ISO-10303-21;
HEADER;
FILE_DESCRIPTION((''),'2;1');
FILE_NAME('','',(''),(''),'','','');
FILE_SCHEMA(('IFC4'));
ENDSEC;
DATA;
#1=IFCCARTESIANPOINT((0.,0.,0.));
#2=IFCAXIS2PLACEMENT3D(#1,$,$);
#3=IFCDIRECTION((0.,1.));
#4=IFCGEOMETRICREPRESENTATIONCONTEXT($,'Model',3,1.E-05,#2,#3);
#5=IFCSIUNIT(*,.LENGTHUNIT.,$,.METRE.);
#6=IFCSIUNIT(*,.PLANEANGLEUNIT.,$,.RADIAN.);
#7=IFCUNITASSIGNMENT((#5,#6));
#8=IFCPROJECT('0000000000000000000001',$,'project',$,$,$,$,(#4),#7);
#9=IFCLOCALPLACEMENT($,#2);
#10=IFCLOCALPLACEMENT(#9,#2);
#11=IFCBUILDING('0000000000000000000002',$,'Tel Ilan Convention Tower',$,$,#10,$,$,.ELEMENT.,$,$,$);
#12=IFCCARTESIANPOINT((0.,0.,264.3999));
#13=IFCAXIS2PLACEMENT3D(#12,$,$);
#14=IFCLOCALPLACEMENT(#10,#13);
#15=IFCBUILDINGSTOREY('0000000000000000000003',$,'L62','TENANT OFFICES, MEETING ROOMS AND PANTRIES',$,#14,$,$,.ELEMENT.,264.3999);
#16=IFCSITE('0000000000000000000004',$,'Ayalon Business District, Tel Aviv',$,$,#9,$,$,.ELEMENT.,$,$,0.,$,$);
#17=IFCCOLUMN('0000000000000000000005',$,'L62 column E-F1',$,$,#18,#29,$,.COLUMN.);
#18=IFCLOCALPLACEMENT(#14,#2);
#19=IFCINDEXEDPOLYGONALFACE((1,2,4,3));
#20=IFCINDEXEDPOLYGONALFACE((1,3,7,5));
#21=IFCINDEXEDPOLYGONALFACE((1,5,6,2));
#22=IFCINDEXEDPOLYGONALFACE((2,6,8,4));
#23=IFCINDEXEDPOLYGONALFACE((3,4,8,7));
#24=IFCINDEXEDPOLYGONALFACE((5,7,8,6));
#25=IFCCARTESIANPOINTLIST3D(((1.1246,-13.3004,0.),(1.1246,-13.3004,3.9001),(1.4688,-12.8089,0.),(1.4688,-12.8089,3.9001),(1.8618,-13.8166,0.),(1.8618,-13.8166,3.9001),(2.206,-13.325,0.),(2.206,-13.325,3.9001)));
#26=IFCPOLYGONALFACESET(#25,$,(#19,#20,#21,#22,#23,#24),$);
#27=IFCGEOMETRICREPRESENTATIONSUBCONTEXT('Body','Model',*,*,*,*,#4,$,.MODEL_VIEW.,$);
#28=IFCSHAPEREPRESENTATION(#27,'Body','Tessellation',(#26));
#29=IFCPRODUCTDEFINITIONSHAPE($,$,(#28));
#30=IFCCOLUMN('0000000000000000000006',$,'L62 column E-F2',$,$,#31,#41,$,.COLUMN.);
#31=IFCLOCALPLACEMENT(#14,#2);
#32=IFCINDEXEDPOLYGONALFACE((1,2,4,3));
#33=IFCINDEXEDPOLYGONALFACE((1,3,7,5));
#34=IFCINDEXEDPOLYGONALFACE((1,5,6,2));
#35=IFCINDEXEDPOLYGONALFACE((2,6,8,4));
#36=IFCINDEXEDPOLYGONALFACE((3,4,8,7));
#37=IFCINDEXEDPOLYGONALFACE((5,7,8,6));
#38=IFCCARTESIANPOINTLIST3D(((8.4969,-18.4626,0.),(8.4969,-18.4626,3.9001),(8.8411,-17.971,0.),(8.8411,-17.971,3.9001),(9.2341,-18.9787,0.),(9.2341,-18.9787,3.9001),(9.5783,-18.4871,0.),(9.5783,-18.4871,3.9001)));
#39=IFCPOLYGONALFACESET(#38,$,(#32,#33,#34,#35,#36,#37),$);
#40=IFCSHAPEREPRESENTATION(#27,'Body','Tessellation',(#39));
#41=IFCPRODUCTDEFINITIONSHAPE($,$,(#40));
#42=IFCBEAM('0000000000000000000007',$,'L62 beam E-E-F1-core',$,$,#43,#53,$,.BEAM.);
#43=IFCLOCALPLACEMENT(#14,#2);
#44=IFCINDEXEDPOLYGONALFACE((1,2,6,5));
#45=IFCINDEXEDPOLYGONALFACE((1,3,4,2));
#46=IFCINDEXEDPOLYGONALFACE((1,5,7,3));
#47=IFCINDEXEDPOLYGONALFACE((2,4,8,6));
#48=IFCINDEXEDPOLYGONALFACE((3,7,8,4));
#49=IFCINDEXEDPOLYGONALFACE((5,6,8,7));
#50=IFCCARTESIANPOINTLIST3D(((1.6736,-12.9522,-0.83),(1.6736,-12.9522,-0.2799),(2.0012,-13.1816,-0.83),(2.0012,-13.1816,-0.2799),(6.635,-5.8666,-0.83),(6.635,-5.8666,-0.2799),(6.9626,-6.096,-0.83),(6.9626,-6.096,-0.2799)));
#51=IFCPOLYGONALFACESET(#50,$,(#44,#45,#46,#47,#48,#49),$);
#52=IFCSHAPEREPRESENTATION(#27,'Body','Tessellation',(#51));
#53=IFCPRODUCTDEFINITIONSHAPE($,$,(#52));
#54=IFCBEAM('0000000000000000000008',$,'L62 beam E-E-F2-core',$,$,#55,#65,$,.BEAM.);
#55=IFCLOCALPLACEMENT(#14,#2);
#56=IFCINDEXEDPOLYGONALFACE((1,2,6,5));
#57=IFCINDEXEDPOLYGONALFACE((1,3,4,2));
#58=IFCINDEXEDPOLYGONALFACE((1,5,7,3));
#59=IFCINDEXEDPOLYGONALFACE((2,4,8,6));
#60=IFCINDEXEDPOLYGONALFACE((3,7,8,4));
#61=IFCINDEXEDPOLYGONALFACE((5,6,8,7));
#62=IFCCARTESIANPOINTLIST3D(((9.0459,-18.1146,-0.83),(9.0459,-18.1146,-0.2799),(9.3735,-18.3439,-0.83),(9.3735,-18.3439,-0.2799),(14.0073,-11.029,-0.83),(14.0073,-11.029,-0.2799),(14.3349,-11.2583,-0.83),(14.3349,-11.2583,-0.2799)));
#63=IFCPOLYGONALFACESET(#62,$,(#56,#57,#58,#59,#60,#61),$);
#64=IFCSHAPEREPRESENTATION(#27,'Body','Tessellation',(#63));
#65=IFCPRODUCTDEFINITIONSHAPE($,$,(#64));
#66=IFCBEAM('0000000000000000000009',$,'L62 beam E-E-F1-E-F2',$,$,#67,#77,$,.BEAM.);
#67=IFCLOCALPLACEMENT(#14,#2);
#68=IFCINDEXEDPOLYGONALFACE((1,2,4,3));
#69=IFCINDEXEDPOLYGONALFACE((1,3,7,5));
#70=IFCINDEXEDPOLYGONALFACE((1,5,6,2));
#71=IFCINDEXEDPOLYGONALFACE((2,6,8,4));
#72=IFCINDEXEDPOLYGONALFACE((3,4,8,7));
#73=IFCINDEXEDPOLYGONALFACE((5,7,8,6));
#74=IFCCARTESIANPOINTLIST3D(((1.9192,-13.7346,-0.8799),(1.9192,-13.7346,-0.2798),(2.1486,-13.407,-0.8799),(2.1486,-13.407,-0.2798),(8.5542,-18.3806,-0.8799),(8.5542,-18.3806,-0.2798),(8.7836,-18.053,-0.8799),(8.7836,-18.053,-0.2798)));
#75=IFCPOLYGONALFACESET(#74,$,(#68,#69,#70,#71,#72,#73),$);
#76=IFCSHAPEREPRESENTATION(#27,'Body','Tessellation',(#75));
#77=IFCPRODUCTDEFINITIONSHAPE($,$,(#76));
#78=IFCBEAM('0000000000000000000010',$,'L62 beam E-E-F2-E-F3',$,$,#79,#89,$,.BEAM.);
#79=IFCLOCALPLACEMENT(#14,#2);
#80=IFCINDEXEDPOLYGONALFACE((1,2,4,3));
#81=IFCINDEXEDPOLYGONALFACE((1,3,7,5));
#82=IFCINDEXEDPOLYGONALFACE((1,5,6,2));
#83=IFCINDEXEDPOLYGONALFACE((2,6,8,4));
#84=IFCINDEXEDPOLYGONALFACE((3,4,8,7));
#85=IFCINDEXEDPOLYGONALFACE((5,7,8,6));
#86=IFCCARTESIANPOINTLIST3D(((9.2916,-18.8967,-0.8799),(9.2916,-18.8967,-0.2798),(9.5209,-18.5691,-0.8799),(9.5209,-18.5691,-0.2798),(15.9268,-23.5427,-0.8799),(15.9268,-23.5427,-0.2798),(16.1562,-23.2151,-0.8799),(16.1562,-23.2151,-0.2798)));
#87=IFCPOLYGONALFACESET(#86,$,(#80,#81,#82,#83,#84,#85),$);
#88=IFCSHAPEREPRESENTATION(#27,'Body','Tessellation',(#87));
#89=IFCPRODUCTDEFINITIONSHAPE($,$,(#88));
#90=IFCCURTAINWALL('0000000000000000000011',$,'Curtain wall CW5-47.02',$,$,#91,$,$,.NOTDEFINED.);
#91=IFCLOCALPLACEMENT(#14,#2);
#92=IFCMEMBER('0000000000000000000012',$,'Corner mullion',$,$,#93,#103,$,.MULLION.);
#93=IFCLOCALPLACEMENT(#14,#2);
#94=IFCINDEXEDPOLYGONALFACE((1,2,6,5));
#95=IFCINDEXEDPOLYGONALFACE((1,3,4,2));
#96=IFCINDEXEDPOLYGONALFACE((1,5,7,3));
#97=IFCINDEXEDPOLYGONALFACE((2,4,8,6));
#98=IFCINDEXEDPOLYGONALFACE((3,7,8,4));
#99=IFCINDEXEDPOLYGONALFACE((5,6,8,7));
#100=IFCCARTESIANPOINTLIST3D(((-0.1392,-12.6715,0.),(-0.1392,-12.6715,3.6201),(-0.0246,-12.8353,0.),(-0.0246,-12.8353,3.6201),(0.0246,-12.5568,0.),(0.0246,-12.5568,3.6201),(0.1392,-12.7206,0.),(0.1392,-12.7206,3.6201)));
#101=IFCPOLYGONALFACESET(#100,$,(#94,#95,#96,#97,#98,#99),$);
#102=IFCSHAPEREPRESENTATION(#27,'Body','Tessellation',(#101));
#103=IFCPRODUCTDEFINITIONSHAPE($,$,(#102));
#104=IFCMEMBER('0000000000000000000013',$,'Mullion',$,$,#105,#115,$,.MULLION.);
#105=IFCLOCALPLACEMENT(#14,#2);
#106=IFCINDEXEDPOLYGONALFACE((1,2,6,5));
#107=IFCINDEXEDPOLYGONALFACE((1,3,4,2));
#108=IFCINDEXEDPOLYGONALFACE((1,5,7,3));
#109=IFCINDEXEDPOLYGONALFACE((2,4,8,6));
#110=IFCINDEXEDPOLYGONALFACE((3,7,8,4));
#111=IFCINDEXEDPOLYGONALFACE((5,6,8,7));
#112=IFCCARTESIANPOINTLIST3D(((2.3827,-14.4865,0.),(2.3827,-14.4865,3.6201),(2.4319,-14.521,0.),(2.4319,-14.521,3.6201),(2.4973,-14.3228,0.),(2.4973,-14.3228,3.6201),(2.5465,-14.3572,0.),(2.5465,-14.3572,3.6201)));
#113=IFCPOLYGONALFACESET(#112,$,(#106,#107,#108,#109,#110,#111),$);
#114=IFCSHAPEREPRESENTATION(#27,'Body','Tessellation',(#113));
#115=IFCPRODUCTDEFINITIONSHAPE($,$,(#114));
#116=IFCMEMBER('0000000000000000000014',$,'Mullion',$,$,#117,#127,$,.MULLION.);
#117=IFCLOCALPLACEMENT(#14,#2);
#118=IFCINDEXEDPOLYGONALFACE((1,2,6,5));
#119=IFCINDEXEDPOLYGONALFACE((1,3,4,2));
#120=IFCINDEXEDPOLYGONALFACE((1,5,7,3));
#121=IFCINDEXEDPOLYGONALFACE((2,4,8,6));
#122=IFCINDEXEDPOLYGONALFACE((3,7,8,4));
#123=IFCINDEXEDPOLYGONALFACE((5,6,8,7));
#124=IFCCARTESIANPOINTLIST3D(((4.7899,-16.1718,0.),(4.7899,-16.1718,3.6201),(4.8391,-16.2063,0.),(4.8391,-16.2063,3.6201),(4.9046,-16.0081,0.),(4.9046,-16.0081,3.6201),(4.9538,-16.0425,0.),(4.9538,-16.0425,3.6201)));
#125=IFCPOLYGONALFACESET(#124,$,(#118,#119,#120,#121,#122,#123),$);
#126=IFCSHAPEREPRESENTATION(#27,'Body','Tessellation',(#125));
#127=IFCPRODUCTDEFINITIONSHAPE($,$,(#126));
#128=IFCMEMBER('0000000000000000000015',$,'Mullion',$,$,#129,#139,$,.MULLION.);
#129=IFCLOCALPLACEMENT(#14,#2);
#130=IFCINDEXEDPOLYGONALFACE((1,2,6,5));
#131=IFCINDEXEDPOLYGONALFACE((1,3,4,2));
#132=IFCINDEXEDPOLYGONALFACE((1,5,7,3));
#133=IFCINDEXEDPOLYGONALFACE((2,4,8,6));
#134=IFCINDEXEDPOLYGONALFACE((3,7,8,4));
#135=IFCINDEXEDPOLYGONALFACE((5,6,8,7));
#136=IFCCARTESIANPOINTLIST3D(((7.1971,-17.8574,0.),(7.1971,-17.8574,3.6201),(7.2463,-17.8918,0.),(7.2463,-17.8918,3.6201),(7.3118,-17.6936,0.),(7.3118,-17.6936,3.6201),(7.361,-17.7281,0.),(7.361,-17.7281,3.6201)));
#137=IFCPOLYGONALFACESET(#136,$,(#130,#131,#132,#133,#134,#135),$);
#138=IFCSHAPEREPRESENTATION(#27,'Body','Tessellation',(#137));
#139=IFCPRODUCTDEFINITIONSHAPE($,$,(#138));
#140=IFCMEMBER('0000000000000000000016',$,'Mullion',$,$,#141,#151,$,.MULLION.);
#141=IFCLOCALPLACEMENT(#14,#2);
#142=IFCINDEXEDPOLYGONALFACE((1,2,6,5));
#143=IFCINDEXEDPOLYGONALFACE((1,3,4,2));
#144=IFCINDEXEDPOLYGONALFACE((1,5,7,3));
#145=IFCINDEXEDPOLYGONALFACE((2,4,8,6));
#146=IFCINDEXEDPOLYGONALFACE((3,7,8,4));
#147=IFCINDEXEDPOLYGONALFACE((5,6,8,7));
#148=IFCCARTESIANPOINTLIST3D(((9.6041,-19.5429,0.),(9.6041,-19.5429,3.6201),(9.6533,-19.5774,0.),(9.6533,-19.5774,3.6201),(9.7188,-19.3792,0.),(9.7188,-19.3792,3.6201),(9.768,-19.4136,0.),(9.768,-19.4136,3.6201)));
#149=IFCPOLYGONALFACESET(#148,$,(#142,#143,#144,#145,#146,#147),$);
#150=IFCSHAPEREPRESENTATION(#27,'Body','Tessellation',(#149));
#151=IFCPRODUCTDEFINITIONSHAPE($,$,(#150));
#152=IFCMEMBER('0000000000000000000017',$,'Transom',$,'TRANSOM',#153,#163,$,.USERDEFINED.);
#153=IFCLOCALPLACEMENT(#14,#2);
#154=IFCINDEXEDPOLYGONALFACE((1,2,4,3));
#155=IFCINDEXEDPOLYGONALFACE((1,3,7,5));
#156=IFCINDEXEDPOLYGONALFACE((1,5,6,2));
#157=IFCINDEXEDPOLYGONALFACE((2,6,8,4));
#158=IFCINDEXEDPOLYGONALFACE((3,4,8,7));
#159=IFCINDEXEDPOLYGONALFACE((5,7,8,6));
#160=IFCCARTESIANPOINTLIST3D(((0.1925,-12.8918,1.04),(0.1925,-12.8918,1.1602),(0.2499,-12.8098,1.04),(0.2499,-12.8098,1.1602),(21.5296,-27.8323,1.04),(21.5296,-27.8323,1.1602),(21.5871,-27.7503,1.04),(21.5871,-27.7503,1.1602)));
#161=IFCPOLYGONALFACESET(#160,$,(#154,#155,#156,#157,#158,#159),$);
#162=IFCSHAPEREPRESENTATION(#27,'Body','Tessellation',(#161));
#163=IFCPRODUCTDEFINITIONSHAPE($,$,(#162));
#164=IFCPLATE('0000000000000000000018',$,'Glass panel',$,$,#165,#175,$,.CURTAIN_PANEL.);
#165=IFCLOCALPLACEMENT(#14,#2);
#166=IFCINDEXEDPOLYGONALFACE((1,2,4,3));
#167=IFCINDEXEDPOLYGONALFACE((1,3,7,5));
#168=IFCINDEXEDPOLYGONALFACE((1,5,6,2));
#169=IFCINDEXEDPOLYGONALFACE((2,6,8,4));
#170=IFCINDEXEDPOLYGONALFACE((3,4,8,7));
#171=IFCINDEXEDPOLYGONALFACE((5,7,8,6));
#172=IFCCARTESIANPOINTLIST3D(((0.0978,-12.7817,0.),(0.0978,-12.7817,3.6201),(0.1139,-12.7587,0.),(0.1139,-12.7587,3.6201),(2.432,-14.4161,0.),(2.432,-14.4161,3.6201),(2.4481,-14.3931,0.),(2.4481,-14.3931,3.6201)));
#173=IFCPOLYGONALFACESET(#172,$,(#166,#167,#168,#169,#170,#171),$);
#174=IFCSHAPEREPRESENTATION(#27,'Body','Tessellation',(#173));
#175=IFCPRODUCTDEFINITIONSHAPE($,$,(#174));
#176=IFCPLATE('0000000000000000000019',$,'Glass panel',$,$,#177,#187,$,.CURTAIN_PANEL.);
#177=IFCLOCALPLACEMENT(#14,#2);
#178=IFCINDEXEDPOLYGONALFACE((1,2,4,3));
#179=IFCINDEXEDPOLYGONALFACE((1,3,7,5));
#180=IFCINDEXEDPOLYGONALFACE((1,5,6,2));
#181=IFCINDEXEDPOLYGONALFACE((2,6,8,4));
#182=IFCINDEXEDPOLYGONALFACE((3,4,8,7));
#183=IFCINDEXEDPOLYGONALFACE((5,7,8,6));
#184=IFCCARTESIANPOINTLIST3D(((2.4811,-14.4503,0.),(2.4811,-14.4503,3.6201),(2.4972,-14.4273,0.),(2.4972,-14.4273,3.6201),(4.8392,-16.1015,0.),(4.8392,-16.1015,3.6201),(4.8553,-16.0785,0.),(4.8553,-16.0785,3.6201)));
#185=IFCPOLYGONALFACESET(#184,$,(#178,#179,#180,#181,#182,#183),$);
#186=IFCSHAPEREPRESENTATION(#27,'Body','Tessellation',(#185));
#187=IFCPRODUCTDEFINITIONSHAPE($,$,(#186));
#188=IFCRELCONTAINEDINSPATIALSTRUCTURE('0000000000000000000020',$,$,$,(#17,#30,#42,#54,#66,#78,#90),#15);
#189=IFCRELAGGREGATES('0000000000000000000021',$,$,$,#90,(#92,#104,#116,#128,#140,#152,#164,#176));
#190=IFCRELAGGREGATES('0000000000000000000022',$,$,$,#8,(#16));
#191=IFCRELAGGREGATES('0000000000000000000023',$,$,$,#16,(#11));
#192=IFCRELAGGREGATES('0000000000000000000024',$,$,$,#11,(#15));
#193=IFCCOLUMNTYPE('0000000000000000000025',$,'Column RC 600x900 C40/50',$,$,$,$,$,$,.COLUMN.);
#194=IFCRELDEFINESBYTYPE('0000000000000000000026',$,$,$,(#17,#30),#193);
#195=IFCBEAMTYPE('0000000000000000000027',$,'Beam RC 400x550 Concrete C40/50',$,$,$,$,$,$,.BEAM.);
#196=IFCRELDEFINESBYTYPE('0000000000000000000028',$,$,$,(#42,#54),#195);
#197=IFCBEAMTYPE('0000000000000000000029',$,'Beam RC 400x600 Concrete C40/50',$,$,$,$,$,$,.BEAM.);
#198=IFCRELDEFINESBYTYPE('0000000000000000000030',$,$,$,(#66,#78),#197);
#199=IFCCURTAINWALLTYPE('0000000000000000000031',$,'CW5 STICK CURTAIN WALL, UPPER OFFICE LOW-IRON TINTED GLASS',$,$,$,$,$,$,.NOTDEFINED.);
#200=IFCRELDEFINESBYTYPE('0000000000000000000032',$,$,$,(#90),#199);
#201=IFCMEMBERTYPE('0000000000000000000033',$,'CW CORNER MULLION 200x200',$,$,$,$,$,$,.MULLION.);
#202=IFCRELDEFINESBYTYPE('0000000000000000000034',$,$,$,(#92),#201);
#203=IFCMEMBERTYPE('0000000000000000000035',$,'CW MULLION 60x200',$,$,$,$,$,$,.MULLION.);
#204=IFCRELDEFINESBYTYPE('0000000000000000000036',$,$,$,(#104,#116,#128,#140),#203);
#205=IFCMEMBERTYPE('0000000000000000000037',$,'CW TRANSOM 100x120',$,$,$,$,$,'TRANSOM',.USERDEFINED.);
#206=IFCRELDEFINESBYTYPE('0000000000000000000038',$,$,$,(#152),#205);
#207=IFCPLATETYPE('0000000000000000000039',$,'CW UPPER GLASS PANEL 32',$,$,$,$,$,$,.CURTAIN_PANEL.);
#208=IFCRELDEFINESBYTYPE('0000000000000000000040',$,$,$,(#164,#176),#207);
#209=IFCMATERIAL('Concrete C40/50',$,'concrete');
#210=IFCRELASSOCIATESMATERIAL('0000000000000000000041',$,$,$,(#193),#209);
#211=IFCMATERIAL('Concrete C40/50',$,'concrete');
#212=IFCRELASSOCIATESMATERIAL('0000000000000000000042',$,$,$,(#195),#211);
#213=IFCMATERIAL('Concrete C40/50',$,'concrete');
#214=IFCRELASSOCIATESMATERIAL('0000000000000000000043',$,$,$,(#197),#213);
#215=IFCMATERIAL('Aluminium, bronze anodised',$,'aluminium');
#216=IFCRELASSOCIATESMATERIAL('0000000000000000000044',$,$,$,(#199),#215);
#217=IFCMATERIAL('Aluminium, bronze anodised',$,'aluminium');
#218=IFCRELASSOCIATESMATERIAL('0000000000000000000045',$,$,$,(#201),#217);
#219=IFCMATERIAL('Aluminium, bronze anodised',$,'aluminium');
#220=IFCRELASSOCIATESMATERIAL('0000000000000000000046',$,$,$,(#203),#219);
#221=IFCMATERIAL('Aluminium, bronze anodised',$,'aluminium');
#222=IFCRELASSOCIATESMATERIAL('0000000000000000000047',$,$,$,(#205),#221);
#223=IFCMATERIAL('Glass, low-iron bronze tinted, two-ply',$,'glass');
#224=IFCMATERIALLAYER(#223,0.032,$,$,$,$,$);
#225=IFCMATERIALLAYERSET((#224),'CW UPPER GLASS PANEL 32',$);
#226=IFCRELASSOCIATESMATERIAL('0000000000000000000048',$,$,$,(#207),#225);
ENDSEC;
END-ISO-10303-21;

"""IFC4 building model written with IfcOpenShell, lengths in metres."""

from ifc_helpers import new_model, si_unit, direction, frame, origin, origin_2d, place, context, subcontext, project, spatial, rectangle, extrude, material, layer, layer_set, material_profile, profile_set, type_object, element, aggregate, save


model = new_model("IFC4")

# Units and contexts
model_context = context("Model", 3, precision=1e-05, world=origin(), true_north=direction((0.0, 1.0)))
body_context = subcontext(model_context, "Body", "Model", "MODEL_VIEW")
ifc_project = project(units=[si_unit("LENGTHUNIT", "METRE"), si_unit("PLANEANGLEUNIT", "RADIAN")], contexts=[model_context])

# Site, building, storey
site_placement = place(None, origin())
site = spatial("IfcSite", under=ifc_project, at=site_placement, Name="Ayalon Business District, Tel Aviv", CompositionType="ELEMENT", RefElevation=0.0)
building_placement = place(site_placement, origin())
building = spatial("IfcBuilding", under=site, at=building_placement, Name="Tel Ilan Convention Tower", CompositionType="ELEMENT")
storey_placement = place(building_placement, frame((0.0, 0.0, 264.3999)))
storey = spatial("IfcBuildingStorey", under=building, at=storey_placement, Name="L62", Description="TENANT OFFICES, MEETING ROOMS AND PANTRIES", CompositionType="ELEMENT", Elevation=264.3999)

# Columns
ifc_material_1 = material(Name="Concrete C40/50", Category="concrete")
ifc_material_profile_1 = material_profile(ifc_material_1, rectangle(XDim=0.8999, YDim=0.6001, at=origin_2d()), Name="RC 600x900")
ifc_profile_set_1 = profile_set([ifc_material_profile_1], Name="Concrete C40/50")
column_type = type_object("IfcColumnType", Name="Column RC 600x900 C40/50", PredefinedType="COLUMN", material=ifc_profile_set_1)
for number, where, z_axis, x_axis, name in (
    (1, (1.6653, -13.3127, 0.0), (0.0, 0.0, 1.0), (0.819152, -0.573576, 0.0), "L62 column E-F1"),
    (2, (9.0376, -18.4749, 0.0), (0.0, 0.0, 1.0), (0.819152, -0.573576, 0.0), "L62 column E-F2"),
):
    element("IfcColumn", number, at=place(storey_placement, frame(where, z_axis=z_axis, x_axis=x_axis)), inside=storey, type_object=column_type, Name=name, PredefinedType="COLUMN", context=body_context, shape_type="SweptSolid", body=[
        extrude(rectangle(XDim=0.8999, YDim=0.6001, at=origin_2d()), origin(), (0.0, 0.0, 1.0), 3.9001),
    ])

# Beams
ifc_material_2 = material(Name="Concrete C40/50", Category="concrete")
ifc_material_profile_2 = material_profile(ifc_material_2, rectangle(XDim=0.3999, YDim=0.55, at=origin_2d()), Name="RC 400x550")
ifc_profile_set_2 = profile_set([ifc_material_profile_2], Name="Concrete C40/50")
beam_type_1 = type_object("IfcBeamType", Name="Beam RC 400x550 Concrete C40/50", PredefinedType="BEAM", material=ifc_profile_set_2)
for number, where, z_axis, x_axis, name in (
    (3, (1.8374, -13.0669, -0.5549), (0.573574, 0.819154, 0.0), (-0.819154, 0.573574, 0.0), "L62 beam E-E-F1-core"),
    (4, (9.2097, -18.2292, -0.5549), (0.573574, 0.819154, 0.0), (-0.819154, 0.573574, 0.0), "L62 beam E-E-F2-core"),
):
    element("IfcBeam", number, at=place(storey_placement, frame(where, z_axis=z_axis, x_axis=x_axis)), inside=storey, type_object=beam_type_1, Name=name, PredefinedType="BEAM", context=body_context, shape_type="SweptSolid", body=[
        extrude(rectangle(XDim=0.3999, YDim=0.55, at=origin_2d()), origin(), (0.0, 0.0, 1.0), 8.6499),
    ])
ifc_material_3 = material(Name="Concrete C40/50", Category="concrete")
ifc_material_profile_3 = material_profile(ifc_material_3, rectangle(XDim=0.3999, YDim=0.6001, at=origin_2d()), Name="RC 400x600")
ifc_profile_set_3 = profile_set([ifc_material_profile_3], Name="Concrete C40/50")
beam_type_2 = type_object("IfcBeamType", Name="Beam RC 400x600 Concrete C40/50", PredefinedType="BEAM", material=ifc_profile_set_3)
beam_1_placement = place(storey_placement, frame((2.0339, -13.5708, -0.5798), z_axis=(0.819146, -0.573586, 0.0), x_axis=(0.573586, 0.819146, 0.0)))
element("IfcBeam", 5, at=beam_1_placement, inside=storey, type_object=beam_type_2, Name="L62 beam E-E-F1-E-F2", PredefinedType="BEAM", context=body_context, shape_type="SweptSolid", body=[
    extrude(rectangle(XDim=0.3999, YDim=0.6001, at=origin_2d()), origin(), (0.0, 0.0, 1.0), 8.0999),
])
beam_2_placement = place(storey_placement, frame((9.4062, -18.7329, -0.5798), z_axis=(0.819155, -0.573572, 0.0), x_axis=(0.573572, 0.819155, 0.0)))
element("IfcBeam", 6, at=beam_2_placement, inside=storey, type_object=beam_type_2, Name="L62 beam E-E-F2-E-F3", PredefinedType="BEAM", context=body_context, shape_type="SweptSolid", body=[
    extrude(rectangle(XDim=0.3999, YDim=0.6001, at=origin_2d()), origin(), (0.0, 0.0, 1.0), 8.1001),
])

# Curtain wall, members, plates
ifc_material_4 = material(Name="Aluminium, bronze anodised", Category="aluminium")
curtain_wall_type = type_object("IfcCurtainWallType", Name="CW5 STICK CURTAIN WALL, UPPER OFFICE LOW-IRON TINTED GLASS", PredefinedType="NOTDEFINED", material=ifc_material_4)
curtain_wall_placement = place(storey_placement, origin())
curtain_wall = element("IfcCurtainWall", 7, at=curtain_wall_placement, inside=storey, type_object=curtain_wall_type, Name="Curtain wall CW5-47.02", PredefinedType="NOTDEFINED")
ifc_material_5 = material(Name="Aluminium, bronze anodised", Category="aluminium")
ifc_material_profile_4 = material_profile(ifc_material_5, rectangle(XDim=0.2, YDim=0.2, at=origin_2d()), Name="CW CORNER MULLION 200x200")
ifc_profile_set_4 = profile_set([ifc_material_profile_4], Name="Aluminium, bronze anodised")
member_type_1 = type_object("IfcMemberType", Name="CW CORNER MULLION 200x200", PredefinedType="MULLION", material=ifc_profile_set_4)
member_1_placement = place(storey_placement, frame((0.0, -12.696, 0.0), z_axis=(0.0, 0.0, 1.0), x_axis=(0.819152, 0.573576, 0.0)))
member_1 = element("IfcMember", 8, at=member_1_placement, type_object=member_type_1, Name="Corner mullion", PredefinedType="MULLION", context=body_context, shape_type="SweptSolid", body=[
    extrude(rectangle(XDim=0.2, YDim=0.2, at=origin_2d()), origin(), (0.0, 0.0, 1.0), 3.6201),
])
ifc_material_6 = material(Name="Aluminium, bronze anodised", Category="aluminium")
ifc_material_profile_5 = material_profile(ifc_material_6, rectangle(XDim=0.0601, YDim=0.2, at=origin_2d()), Name="CW MULLION 60x200")
ifc_profile_set_5 = profile_set([ifc_material_profile_5], Name="Aluminium, bronze anodised")
member_type_2 = type_object("IfcMemberType", Name="CW MULLION 60x200", PredefinedType="MULLION", material=ifc_profile_set_5)
member_2_placement = place(storey_placement, frame((2.4646, -14.4219, 0.0), z_axis=(0.0, 0.0, 1.0), x_axis=(0.819152, -0.573576, 0.0)))
member_2 = element("IfcMember", 9, at=member_2_placement, type_object=member_type_2, Name="Mullion", PredefinedType="MULLION", context=body_context, shape_type="SweptSolid", body=[
    extrude(rectangle(XDim=0.0601, YDim=0.2, at=origin_2d()), origin(), (0.0, 0.0, 1.0), 3.6201),
])
member_3_placement = place(storey_placement, frame((4.8718, -16.1072, 0.0), z_axis=(0.0, 0.0, 1.0), x_axis=(0.819152, -0.573576, 0.0)))
member_3 = element("IfcMember", 10, at=member_3_placement, type_object=member_type_2, Name="Mullion", PredefinedType="MULLION", context=body_context, shape_type="SweptSolid", body=[
    extrude(rectangle(XDim=0.0601, YDim=0.2, at=origin_2d()), origin(), (0.0, 0.0, 1.0), 3.6201),
])
member_4_placement = place(storey_placement, frame((7.2791, -17.7927, 0.0), z_axis=(0.0, 0.0, 1.0), x_axis=(0.819152, -0.573576, 0.0)))
member_4 = element("IfcMember", 11, at=member_4_placement, type_object=member_type_2, Name="Mullion", PredefinedType="MULLION", context=body_context, shape_type="SweptSolid", body=[
    extrude(rectangle(XDim=0.0601, YDim=0.2, at=origin_2d()), origin(), (0.0, 0.0, 1.0), 3.6201),
])
member_5_placement = place(storey_placement, frame((9.686, -19.4783, 0.0), z_axis=(0.0, 0.0, 1.0), x_axis=(0.819152, -0.573576, 0.0)))
member_5 = element("IfcMember", 12, at=member_5_placement, type_object=member_type_2, Name="Mullion", PredefinedType="MULLION", context=body_context, shape_type="SweptSolid", body=[
    extrude(rectangle(XDim=0.0601, YDim=0.2, at=origin_2d()), origin(), (0.0, 0.0, 1.0), 3.6201),
])
ifc_material_7 = material(Name="Aluminium, bronze anodised", Category="aluminium")
ifc_material_profile_6 = material_profile(ifc_material_7, rectangle(XDim=0.1001, YDim=0.1201, at=origin_2d()), Name="CW TRANSOM 100x120")
ifc_profile_set_6 = profile_set([ifc_material_profile_6], Name="Aluminium, bronze anodised")
member_type_3 = type_object("IfcMemberType", Name="CW TRANSOM 100x120", ElementType="TRANSOM", PredefinedType="USERDEFINED", material=ifc_profile_set_6)
member_6_placement = place(storey_placement, frame((0.2212, -12.8508, 1.1001), z_axis=(0.819152, -0.573576, 0.0), x_axis=(0.573576, 0.819152, 0.0)))
member_6 = element("IfcMember", 13, at=member_6_placement, type_object=member_type_3, Name="Transom", ObjectType="TRANSOM", PredefinedType="USERDEFINED", context=body_context, shape_type="SweptSolid", body=[
    extrude(rectangle(XDim=0.1001, YDim=0.1201, at=origin_2d()), origin(), (0.0, 0.0, 1.0), 26.0479),
])
ifc_material_8 = material(Name="Glass, low-iron bronze tinted, two-ply", Category="glass")
ifc_layer_1 = layer(ifc_material_8, 0.032)
ifc_layer_set_1 = layer_set([ifc_layer_1], Name="CW UPPER GLASS PANEL 32")
plate_type = type_object("IfcPlateType", Name="CW UPPER GLASS PANEL 32", PredefinedType="CURTAIN_PANEL", material=ifc_layer_set_1)
plate_1_placement = place(storey_placement, frame((1.2729, -13.5874, 0.0), z_axis=(0.0, 0.0, 1.0), x_axis=(0.819152, -0.573576, 0.0)))
plate_1 = element("IfcPlate", 14, at=plate_1_placement, type_object=plate_type, Name="Glass panel", PredefinedType="CURTAIN_PANEL", context=body_context, shape_type="SweptSolid", body=[
    extrude(rectangle(XDim=2.8496, YDim=0.0281, at=origin_2d()), origin(), (0.0, 0.0, 1.0), 3.6201),
])
plate_2_placement = place(storey_placement, frame((3.6682, -15.2644, 0.0), z_axis=(0.0, 0.0, 1.0), x_axis=(0.819152, -0.573576, 0.0)))
plate_2 = element("IfcPlate", 15, at=plate_2_placement, type_object=plate_type, Name="Glass panel", PredefinedType="CURTAIN_PANEL", context=body_context, shape_type="SweptSolid", body=[
    extrude(rectangle(XDim=2.8787, YDim=0.0281, at=origin_2d()), origin(), (0.0, 0.0, 1.0), 3.6201),
])
aggregate(curtain_wall, [member_1, member_2, member_3, member_4, member_5, member_6, plate_1, plate_2])

save(model, "model.ifc")
